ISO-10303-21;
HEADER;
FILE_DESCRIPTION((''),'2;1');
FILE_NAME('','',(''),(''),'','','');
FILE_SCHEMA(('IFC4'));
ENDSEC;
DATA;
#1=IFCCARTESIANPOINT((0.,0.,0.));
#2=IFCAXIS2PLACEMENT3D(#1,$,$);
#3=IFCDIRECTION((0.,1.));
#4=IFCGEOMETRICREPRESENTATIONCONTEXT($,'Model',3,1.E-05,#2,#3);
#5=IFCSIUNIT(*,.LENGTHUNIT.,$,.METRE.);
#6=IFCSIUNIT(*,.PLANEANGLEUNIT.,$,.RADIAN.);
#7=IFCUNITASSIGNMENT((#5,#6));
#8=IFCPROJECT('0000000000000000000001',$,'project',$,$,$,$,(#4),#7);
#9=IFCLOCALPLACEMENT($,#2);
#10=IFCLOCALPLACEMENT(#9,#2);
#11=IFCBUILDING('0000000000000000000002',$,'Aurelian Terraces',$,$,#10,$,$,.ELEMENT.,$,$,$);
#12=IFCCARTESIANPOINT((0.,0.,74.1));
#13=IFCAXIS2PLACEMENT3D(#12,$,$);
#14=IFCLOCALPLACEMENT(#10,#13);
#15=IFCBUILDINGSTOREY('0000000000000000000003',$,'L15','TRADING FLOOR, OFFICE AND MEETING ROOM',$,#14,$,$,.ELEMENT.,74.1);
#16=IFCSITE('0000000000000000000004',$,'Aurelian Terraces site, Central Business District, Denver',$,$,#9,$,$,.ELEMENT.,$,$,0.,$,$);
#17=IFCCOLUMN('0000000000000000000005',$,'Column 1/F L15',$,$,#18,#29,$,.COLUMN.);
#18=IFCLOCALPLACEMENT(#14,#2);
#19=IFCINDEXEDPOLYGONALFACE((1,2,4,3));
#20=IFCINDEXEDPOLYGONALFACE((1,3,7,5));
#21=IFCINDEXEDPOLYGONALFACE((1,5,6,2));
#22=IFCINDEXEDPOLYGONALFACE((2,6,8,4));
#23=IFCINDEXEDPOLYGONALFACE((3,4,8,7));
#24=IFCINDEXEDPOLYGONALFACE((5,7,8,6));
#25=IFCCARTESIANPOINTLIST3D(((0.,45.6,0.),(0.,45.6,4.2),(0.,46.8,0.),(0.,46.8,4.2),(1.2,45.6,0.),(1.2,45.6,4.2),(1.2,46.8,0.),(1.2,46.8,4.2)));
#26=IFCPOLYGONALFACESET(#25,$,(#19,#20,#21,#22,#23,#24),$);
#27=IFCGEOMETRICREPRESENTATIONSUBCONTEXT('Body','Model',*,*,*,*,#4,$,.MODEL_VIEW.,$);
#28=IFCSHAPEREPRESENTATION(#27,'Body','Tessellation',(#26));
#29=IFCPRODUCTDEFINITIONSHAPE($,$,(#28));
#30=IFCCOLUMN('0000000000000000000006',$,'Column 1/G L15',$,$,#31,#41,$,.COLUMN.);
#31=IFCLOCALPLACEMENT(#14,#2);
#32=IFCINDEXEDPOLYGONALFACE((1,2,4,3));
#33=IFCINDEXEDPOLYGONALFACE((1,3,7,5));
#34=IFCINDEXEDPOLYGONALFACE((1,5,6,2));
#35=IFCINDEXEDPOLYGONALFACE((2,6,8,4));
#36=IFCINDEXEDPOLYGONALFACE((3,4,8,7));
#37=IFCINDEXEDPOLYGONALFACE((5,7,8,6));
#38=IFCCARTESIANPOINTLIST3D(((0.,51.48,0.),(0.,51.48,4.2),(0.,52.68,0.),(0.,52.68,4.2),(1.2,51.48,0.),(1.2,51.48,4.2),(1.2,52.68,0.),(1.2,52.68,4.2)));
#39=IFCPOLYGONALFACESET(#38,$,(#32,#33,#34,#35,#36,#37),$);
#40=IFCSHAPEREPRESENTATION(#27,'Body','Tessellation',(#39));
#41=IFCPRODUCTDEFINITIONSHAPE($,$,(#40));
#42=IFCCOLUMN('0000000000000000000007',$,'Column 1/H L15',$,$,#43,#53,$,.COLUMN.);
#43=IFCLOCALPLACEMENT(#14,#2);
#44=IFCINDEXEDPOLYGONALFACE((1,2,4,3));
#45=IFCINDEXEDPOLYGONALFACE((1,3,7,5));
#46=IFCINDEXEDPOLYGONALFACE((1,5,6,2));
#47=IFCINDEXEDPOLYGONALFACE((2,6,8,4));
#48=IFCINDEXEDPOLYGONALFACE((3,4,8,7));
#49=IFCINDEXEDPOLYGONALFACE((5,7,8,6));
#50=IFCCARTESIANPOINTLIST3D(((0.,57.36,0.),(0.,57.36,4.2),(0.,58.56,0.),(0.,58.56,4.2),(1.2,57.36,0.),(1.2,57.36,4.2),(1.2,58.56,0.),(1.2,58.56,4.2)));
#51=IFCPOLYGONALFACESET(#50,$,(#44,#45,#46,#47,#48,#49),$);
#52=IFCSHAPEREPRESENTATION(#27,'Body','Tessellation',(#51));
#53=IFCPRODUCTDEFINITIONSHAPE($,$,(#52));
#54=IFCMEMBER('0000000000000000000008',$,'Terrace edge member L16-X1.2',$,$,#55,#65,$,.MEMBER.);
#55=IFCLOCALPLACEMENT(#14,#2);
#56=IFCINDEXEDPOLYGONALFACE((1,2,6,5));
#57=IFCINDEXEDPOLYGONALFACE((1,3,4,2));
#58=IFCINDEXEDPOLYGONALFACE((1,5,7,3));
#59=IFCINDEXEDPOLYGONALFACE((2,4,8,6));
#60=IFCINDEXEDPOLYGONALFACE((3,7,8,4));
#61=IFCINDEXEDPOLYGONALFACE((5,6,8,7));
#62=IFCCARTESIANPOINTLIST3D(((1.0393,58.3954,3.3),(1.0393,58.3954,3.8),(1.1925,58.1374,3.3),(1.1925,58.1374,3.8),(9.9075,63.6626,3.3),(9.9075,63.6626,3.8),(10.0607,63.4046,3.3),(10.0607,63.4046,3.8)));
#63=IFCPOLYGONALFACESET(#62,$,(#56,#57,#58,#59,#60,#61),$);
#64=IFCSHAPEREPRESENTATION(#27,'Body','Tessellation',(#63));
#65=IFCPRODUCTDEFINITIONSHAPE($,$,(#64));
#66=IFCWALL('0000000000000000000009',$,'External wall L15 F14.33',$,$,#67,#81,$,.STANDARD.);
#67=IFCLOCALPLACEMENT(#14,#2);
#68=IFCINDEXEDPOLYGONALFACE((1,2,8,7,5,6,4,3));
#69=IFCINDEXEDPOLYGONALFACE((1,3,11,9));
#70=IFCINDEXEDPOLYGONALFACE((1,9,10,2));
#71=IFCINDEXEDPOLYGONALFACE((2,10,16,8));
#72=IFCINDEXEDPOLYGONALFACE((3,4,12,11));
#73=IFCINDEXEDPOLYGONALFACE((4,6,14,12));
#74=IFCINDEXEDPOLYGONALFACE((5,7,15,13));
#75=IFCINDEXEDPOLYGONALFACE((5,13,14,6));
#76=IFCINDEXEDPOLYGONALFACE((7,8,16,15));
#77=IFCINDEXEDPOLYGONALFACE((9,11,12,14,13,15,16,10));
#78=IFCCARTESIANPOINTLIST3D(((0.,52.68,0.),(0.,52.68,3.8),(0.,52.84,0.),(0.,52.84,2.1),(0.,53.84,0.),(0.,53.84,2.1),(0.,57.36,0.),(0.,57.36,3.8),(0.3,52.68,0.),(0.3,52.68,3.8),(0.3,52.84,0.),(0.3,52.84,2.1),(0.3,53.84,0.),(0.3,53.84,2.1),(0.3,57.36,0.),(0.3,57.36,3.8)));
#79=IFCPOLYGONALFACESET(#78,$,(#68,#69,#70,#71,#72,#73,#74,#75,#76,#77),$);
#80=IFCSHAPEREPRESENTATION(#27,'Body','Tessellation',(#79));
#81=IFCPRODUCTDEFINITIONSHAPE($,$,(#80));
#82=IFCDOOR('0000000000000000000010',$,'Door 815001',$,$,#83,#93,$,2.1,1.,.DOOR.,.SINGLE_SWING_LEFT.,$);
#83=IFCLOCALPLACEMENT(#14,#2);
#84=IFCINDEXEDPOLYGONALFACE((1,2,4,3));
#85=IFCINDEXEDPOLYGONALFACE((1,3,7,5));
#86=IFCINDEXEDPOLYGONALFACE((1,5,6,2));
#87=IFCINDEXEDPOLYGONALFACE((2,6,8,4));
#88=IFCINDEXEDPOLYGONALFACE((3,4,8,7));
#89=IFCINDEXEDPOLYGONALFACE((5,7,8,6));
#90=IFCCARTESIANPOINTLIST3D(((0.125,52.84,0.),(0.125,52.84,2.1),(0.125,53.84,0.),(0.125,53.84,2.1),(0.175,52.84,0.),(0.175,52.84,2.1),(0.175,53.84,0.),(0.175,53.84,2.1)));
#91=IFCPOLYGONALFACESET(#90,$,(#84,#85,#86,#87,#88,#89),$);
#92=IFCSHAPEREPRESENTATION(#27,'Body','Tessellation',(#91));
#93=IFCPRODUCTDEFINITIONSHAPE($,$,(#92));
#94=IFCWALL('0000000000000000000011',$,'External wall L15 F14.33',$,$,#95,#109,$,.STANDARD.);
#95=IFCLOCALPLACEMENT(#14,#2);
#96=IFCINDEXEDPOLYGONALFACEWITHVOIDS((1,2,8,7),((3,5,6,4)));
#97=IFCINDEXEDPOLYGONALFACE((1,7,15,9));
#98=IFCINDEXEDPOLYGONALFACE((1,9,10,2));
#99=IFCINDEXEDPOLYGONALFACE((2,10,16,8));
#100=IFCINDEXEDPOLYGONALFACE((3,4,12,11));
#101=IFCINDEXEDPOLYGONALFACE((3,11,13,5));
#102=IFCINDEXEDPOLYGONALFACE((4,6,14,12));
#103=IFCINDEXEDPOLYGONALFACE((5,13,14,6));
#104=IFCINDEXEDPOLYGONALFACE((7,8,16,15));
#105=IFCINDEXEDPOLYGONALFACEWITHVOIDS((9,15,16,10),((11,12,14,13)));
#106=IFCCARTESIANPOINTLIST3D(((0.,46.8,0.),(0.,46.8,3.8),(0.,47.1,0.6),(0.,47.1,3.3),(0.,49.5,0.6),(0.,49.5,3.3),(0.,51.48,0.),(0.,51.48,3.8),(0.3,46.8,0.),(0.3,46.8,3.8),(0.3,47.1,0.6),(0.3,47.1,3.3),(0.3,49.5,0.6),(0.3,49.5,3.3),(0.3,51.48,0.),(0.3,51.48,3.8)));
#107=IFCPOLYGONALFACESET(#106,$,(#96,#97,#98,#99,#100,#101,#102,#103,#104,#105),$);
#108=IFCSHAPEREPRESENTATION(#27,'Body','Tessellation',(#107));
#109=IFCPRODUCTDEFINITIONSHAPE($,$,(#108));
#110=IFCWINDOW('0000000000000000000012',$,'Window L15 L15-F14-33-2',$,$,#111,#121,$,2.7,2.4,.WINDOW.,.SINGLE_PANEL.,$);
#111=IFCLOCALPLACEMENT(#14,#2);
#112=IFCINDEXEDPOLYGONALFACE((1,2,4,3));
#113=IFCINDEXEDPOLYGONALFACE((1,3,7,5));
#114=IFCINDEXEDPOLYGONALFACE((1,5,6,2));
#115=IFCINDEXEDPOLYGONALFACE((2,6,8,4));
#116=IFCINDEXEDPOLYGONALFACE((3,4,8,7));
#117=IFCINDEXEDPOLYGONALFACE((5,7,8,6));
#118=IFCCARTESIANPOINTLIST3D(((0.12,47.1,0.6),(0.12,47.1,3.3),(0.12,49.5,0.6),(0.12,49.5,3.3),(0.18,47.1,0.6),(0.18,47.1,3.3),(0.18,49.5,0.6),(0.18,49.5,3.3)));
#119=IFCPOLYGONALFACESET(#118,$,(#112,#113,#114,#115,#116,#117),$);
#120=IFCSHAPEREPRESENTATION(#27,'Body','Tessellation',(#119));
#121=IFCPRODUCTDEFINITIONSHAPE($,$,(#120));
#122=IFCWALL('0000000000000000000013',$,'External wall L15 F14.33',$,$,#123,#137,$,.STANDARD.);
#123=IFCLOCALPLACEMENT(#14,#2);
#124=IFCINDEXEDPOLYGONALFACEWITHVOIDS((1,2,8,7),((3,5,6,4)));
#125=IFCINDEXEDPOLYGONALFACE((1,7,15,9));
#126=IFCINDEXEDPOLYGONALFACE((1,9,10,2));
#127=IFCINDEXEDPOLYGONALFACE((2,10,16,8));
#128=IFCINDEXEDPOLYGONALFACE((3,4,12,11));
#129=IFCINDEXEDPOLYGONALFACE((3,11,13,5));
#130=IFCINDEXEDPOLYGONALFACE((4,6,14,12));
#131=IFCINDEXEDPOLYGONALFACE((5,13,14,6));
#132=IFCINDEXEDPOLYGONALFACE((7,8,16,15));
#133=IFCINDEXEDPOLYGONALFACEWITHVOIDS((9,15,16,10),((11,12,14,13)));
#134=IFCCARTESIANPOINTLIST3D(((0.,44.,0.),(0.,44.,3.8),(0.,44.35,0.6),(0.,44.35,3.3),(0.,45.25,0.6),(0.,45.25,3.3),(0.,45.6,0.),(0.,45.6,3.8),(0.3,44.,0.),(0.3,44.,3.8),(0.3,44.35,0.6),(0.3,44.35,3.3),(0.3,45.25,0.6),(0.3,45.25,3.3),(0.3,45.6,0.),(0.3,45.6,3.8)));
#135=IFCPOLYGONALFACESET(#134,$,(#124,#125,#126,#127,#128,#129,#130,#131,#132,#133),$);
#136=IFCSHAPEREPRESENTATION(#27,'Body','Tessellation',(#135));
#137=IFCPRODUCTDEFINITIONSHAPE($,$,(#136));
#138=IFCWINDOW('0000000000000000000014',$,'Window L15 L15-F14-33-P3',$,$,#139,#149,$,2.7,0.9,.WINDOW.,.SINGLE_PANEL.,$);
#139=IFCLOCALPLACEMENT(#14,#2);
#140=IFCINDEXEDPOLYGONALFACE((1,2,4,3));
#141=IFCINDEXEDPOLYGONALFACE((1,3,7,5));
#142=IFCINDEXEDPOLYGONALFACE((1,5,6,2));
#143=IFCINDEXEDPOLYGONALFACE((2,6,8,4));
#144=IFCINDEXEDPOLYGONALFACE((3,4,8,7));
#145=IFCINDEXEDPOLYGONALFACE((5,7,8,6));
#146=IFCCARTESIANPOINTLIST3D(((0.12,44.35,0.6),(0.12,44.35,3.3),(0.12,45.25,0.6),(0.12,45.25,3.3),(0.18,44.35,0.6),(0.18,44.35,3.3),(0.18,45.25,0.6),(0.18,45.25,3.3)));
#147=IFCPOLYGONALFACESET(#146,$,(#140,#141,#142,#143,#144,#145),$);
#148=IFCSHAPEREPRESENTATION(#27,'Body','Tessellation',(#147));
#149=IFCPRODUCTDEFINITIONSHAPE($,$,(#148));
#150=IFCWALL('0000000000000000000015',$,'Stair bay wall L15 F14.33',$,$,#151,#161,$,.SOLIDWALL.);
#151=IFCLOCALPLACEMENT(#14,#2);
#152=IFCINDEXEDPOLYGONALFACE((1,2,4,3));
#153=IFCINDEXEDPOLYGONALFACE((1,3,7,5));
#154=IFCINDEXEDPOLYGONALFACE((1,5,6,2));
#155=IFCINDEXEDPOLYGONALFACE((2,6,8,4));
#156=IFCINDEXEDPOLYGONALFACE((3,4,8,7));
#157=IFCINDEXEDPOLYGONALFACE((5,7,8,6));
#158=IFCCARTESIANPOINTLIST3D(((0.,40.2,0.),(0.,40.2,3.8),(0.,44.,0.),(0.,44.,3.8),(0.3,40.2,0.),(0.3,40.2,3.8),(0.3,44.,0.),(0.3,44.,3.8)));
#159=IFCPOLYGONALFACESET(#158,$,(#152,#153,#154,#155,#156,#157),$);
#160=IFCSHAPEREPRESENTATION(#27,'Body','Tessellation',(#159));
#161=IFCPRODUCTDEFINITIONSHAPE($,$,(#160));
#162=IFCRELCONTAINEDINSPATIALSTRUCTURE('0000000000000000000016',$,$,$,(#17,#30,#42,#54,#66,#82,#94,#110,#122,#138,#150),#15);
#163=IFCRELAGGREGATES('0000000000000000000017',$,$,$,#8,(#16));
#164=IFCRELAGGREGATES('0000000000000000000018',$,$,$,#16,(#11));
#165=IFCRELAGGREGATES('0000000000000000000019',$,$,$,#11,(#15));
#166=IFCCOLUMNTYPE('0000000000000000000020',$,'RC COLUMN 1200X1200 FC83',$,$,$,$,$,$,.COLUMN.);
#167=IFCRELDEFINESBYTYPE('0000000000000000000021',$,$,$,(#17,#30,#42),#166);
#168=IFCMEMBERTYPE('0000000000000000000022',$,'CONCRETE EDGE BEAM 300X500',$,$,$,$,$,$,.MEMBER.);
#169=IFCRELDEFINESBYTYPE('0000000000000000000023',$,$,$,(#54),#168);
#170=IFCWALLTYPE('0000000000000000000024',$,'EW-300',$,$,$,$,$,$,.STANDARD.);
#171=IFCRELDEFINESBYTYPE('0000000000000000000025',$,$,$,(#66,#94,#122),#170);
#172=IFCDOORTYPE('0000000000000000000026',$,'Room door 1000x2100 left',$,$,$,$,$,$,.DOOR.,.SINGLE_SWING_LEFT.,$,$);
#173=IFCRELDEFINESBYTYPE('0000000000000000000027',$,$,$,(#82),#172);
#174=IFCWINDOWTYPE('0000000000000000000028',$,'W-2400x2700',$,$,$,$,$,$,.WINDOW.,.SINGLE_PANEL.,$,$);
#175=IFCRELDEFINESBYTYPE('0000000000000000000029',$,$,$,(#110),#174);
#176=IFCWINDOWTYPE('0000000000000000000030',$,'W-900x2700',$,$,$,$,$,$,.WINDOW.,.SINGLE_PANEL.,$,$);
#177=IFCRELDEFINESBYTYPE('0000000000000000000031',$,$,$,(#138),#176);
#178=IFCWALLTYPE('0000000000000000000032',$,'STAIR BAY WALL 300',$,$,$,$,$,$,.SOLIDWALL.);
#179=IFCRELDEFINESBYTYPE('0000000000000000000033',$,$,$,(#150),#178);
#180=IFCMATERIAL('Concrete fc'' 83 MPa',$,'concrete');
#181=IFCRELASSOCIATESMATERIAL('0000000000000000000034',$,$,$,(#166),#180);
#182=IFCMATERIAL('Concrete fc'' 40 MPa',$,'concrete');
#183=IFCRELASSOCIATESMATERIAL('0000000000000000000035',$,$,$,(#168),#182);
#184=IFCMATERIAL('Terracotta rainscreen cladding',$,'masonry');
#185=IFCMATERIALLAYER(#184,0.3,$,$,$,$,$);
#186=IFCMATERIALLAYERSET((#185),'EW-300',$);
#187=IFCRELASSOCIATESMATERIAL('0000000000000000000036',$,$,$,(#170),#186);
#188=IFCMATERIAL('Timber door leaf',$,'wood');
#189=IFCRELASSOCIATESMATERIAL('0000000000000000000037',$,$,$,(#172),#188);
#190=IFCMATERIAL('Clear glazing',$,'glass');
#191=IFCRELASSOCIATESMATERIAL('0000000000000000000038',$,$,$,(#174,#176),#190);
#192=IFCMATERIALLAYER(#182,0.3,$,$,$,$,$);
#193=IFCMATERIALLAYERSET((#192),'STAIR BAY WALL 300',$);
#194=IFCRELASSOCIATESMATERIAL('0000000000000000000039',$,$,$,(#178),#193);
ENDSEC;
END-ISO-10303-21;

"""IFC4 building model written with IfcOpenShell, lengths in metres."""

from ifc_helpers import new_model, si_unit, direction, frame, frame_2d, origin, origin_2d, place, context, subcontext, project, spatial, rectangle, extrude, source, transform, mapped, material, layer, layer_set, material_profile, profile_set, type_object, element, fill, save


model = new_model("IFC4")

# Units and contexts
model_context = context("Model", 3, precision=1e-05, world=origin(), true_north=direction((0.0, 1.0)))
body_context = subcontext(model_context, "Body", "Model", "MODEL_VIEW")
ifc_project = project(units=[si_unit("LENGTHUNIT", "METRE"), si_unit("PLANEANGLEUNIT", "RADIAN")], contexts=[model_context])

# Site, building, storey
site_placement = place(None, origin())
site = spatial("IfcSite", under=ifc_project, at=site_placement, Name="Aurelian Terraces site, Central Business District, Denver", CompositionType="ELEMENT", RefElevation=0.0)
building_placement = place(site_placement, origin())
building = spatial("IfcBuilding", under=site, at=building_placement, Name="Aurelian Terraces", CompositionType="ELEMENT")
storey_placement = place(building_placement, frame((0.0, 0.0, 74.1)))
storey = spatial("IfcBuildingStorey", under=building, at=storey_placement, Name="L15", Description="TRADING FLOOR, OFFICE AND MEETING ROOM", CompositionType="ELEMENT", Elevation=74.1)

# Columns
ifc_material_1 = material(Name="Concrete fc' 83 MPa", Category="concrete")
ifc_material_profile_1 = material_profile(ifc_material_1, rectangle(XDim=1.2, YDim=1.2, at=origin_2d()))
ifc_profile_set_1 = profile_set([ifc_material_profile_1], Name="Concrete fc' 83 MPa")
column_type = type_object("IfcColumnType", Name="RC COLUMN 1200X1200 FC83", PredefinedType="COLUMN", material=ifc_profile_set_1)
shared_shape_1 = source(origin(), body_context, "Body", "SweptSolid", [
    extrude(rectangle(XDim=1.2, YDim=1.2, at=origin_2d()), origin(), (0.0, 0.0, 1.0), 4.2),
])
for number, where, z_axis, x_axis, name in (
    (1, (0.6, 46.2, 0.0), (0.0, 0.0, 1.0), (1.0, 0.0, 0.0), "Column 1/F L15"),
    (2, (0.6, 52.08, 0.0), (0.0, 0.0, 1.0), (1.0, 0.0, 0.0), "Column 1/G L15"),
    (3, (0.6, 57.96, 0.0), (0.0, 0.0, 1.0), (1.0, 0.0, 0.0), "Column 1/H L15"),
):
    element("IfcColumn", number, at=place(storey_placement, frame(where, z_axis=z_axis, x_axis=x_axis)), inside=storey, type_object=column_type, Name=name, PredefinedType="COLUMN", context=body_context, shape_type="MappedRepresentation", body=[
        mapped(shared_shape_1, transform((0.0, 0.0, 0.0), scale=1.0)),
    ])

# Member
ifc_material_2 = material(Name="Concrete fc' 40 MPa", Category="concrete")
ifc_material_profile_2 = material_profile(ifc_material_2, rectangle(XDim=0.3, YDim=0.5, at=origin_2d()))
ifc_profile_set_2 = profile_set([ifc_material_profile_2], Name="Concrete fc' 40 MPa")
member_type = type_object("IfcMemberType", Name="CONCRETE EDGE BEAM 300X500", PredefinedType="MEMBER", material=ifc_profile_set_2)
member_placement = place(storey_placement, frame((9.9841, 63.5336, 3.55), z_axis=(-0.859782, -0.510661, 0.0), x_axis=(0.510661, -0.859782, 0.0)))
element("IfcMember", 4, at=member_placement, inside=storey, type_object=member_type, Name="Terrace edge member L16-X1.2", PredefinedType="MEMBER", context=body_context, shape_type="SweptSolid", body=[
    extrude(rectangle(XDim=0.3, YDim=0.5, at=origin_2d()), origin(), (0.0, 0.0, 1.0), 10.3145),
])

# Wall, opening, door
ifc_material_3 = material(Name="Terracotta rainscreen cladding", Category="masonry")
ifc_layer_1 = layer(ifc_material_3, 0.3)
ifc_layer_set_1 = layer_set([ifc_layer_1], Name="EW-300")
wall_type_1 = type_object("IfcWallType", Name="EW-300", PredefinedType="STANDARD", material=ifc_layer_set_1)
shared_shape_2 = source(origin(), body_context, "Body", "SweptSolid", [
    extrude(rectangle(XDim=4.68, YDim=0.3, at=frame_2d((2.34, 0.0))), origin(), (0.0, 0.0, 1.0), 3.8),
])
wall_1_placement = place(storey_placement, frame((0.15, 57.36, 0.0), z_axis=(0.0, 0.0, 1.0), x_axis=(0.0, -1.0, 0.0)))
wall_1 = element("IfcWall", 5, at=wall_1_placement, inside=storey, type_object=wall_type_1, Name="External wall L15 F14.33", PredefinedType="STANDARD", context=body_context, shape_type="MappedRepresentation", body=[
    mapped(shared_shape_2, transform((0.0, 0.0, 0.0), scale=1.0)),
])
shared_shape_3 = source(origin(), body_context, "Body", "SweptSolid", [
    extrude(rectangle(XDim=1.0, YDim=2.1, at=frame_2d((0.5, 1.05))), frame((0.0, 0.16, 0.0), z_axis=(0.0, -1.0, 0.0), x_axis=(1.0, 0.0, 0.0)), (0.0, 0.0, 1.0), 0.32),
])
opening_1_placement = place(wall_1_placement, frame((3.52, 0.0, 0.0)))
opening_1 = element("IfcOpeningElement", 6, at=opening_1_placement, cuts=wall_1, PredefinedType="OPENING", context=body_context, shape_type="MappedRepresentation", body=[
    mapped(shared_shape_3, transform((0.0, 0.0, 0.0), scale=1.0)),
])
ifc_material_4 = material(Name="Timber door leaf", Category="wood")
door_type = type_object("IfcDoorType", Name="Room door 1000x2100 left", OperationType="SINGLE_SWING_LEFT", PredefinedType="DOOR", material=ifc_material_4)
shared_shape_4 = source(origin(), body_context, "Body", "SweptSolid", [
    extrude(rectangle(XDim=1.0, YDim=2.1, at=frame_2d((0.5, 1.05))), frame((0.0, 0.025, 0.0), z_axis=(0.0, -1.0, 0.0), x_axis=(1.0, 0.0, 0.0)), (0.0, 0.0, 1.0), 0.05),
])
door_placement = place(opening_1_placement, origin())
door = element("IfcDoor", 7, at=door_placement, inside=storey, type_object=door_type, Name="Door 815001", OperationType="SINGLE_SWING_LEFT", OverallHeight=2.1, OverallWidth=1.0, PredefinedType="DOOR", context=body_context, shape_type="MappedRepresentation", body=[
    mapped(shared_shape_4, transform((0.0, 0.0, 0.0), scale=1.0)),
])
fill(opening_1, door)

# Walls, openings, windows
wall_2_placement = place(storey_placement, frame((0.15, 51.48, 0.0), z_axis=(0.0, 0.0, 1.0), x_axis=(0.0, -1.0, 0.0)))
wall_2 = element("IfcWall", 8, at=wall_2_placement, inside=storey, type_object=wall_type_1, Name="External wall L15 F14.33", PredefinedType="STANDARD", context=body_context, shape_type="MappedRepresentation", body=[
    mapped(shared_shape_2, transform((0.0, 0.0, 0.0), scale=1.0)),
])
shared_shape_5 = source(origin(), body_context, "Body", "SweptSolid", [
    extrude(rectangle(XDim=2.4, YDim=2.7, at=frame_2d((1.2, 1.35))), frame((0.0, 0.16, 0.0), z_axis=(0.0, -1.0, 0.0), x_axis=(1.0, 0.0, 0.0)), (0.0, 0.0, 1.0), 0.32),
])
opening_2_placement = place(wall_2_placement, frame((1.98, 0.0, 0.6)))
opening_2 = element("IfcOpeningElement", 9, at=opening_2_placement, cuts=wall_2, PredefinedType="OPENING", context=body_context, shape_type="MappedRepresentation", body=[
    mapped(shared_shape_5, transform((0.0, 0.0, 0.0), scale=1.0)),
])
ifc_material_5 = material(Name="Clear glazing", Category="glass")
window_type_1 = type_object("IfcWindowType", Name="W-2400x2700", PartitioningType="SINGLE_PANEL", PredefinedType="WINDOW", material=ifc_material_5)
shared_shape_6 = source(origin(), body_context, "Body", "SweptSolid", [
    extrude(rectangle(XDim=2.4, YDim=2.7, at=frame_2d((1.2, 1.35))), frame((0.0, 0.03, 0.0), z_axis=(0.0, -1.0, 0.0), x_axis=(1.0, 0.0, 0.0)), (0.0, 0.0, 1.0), 0.06),
])
window_1_placement = place(opening_2_placement, origin())
window_1 = element("IfcWindow", 10, at=window_1_placement, inside=storey, type_object=window_type_1, Name="Window L15 L15-F14-33-2", OverallHeight=2.7, OverallWidth=2.4, PartitioningType="SINGLE_PANEL", PredefinedType="WINDOW", context=body_context, shape_type="MappedRepresentation", body=[
    mapped(shared_shape_6, transform((0.0, 0.0, 0.0), scale=1.0)),
])
fill(opening_2, window_1)
shared_shape_7 = source(origin(), body_context, "Body", "SweptSolid", [
    extrude(rectangle(XDim=1.6, YDim=0.3, at=frame_2d((0.8, 0.0))), origin(), (0.0, 0.0, 1.0), 3.8),
])
wall_3_placement = place(storey_placement, frame((0.15, 45.6, 0.0), z_axis=(0.0, 0.0, 1.0), x_axis=(0.0, -1.0, 0.0)))
wall_3 = element("IfcWall", 11, at=wall_3_placement, inside=storey, type_object=wall_type_1, Name="External wall L15 F14.33", PredefinedType="STANDARD", context=body_context, shape_type="MappedRepresentation", body=[
    mapped(shared_shape_7, transform((0.0, 0.0, 0.0), scale=1.0)),
])
shared_shape_8 = source(origin(), body_context, "Body", "SweptSolid", [
    extrude(rectangle(XDim=0.9, YDim=2.7, at=frame_2d((0.45, 1.35))), frame((0.0, 0.16, 0.0), z_axis=(0.0, -1.0, 0.0), x_axis=(1.0, 0.0, 0.0)), (0.0, 0.0, 1.0), 0.32),
])
opening_3_placement = place(wall_3_placement, frame((0.35, 0.0, 0.6)))
opening_3 = element("IfcOpeningElement", 12, at=opening_3_placement, cuts=wall_3, PredefinedType="OPENING", context=body_context, shape_type="MappedRepresentation", body=[
    mapped(shared_shape_8, transform((0.0, 0.0, 0.0), scale=1.0)),
])
window_type_2 = type_object("IfcWindowType", Name="W-900x2700", PartitioningType="SINGLE_PANEL", PredefinedType="WINDOW", material=ifc_material_5)
shared_shape_9 = source(origin(), body_context, "Body", "SweptSolid", [
    extrude(rectangle(XDim=0.9, YDim=2.7, at=frame_2d((0.45, 1.35))), frame((0.0, 0.03, 0.0), z_axis=(0.0, -1.0, 0.0), x_axis=(1.0, 0.0, 0.0)), (0.0, 0.0, 1.0), 0.06),
])
window_2_placement = place(opening_3_placement, origin())
window_2 = element("IfcWindow", 13, at=window_2_placement, inside=storey, type_object=window_type_2, Name="Window L15 L15-F14-33-P3", OverallHeight=2.7, OverallWidth=0.9, PartitioningType="SINGLE_PANEL", PredefinedType="WINDOW", context=body_context, shape_type="MappedRepresentation", body=[
    mapped(shared_shape_9, transform((0.0, 0.0, 0.0), scale=1.0)),
])
fill(opening_3, window_2)

# Wall
ifc_layer_2 = layer(ifc_material_2, 0.3)
ifc_layer_set_2 = layer_set([ifc_layer_2], Name="STAIR BAY WALL 300")
wall_type_2 = type_object("IfcWallType", Name="STAIR BAY WALL 300", PredefinedType="SOLIDWALL", material=ifc_layer_set_2)
shared_shape_10 = source(origin(), body_context, "Body", "SweptSolid", [
    extrude(rectangle(XDim=3.8, YDim=0.3, at=frame_2d((1.9, 0.0))), origin(), (0.0, 0.0, 1.0), 3.8),
])
wall_4_placement = place(storey_placement, frame((0.15, 44.0, 0.0), z_axis=(0.0, 0.0, 1.0), x_axis=(0.0, -1.0, 0.0)))
element("IfcWall", 14, at=wall_4_placement, inside=storey, type_object=wall_type_2, Name="Stair bay wall L15 F14.33", PredefinedType="SOLIDWALL", context=body_context, shape_type="MappedRepresentation", body=[
    mapped(shared_shape_10, transform((0.0, 0.0, 0.0), scale=1.0)),
])

save(model, "model.ifc")
